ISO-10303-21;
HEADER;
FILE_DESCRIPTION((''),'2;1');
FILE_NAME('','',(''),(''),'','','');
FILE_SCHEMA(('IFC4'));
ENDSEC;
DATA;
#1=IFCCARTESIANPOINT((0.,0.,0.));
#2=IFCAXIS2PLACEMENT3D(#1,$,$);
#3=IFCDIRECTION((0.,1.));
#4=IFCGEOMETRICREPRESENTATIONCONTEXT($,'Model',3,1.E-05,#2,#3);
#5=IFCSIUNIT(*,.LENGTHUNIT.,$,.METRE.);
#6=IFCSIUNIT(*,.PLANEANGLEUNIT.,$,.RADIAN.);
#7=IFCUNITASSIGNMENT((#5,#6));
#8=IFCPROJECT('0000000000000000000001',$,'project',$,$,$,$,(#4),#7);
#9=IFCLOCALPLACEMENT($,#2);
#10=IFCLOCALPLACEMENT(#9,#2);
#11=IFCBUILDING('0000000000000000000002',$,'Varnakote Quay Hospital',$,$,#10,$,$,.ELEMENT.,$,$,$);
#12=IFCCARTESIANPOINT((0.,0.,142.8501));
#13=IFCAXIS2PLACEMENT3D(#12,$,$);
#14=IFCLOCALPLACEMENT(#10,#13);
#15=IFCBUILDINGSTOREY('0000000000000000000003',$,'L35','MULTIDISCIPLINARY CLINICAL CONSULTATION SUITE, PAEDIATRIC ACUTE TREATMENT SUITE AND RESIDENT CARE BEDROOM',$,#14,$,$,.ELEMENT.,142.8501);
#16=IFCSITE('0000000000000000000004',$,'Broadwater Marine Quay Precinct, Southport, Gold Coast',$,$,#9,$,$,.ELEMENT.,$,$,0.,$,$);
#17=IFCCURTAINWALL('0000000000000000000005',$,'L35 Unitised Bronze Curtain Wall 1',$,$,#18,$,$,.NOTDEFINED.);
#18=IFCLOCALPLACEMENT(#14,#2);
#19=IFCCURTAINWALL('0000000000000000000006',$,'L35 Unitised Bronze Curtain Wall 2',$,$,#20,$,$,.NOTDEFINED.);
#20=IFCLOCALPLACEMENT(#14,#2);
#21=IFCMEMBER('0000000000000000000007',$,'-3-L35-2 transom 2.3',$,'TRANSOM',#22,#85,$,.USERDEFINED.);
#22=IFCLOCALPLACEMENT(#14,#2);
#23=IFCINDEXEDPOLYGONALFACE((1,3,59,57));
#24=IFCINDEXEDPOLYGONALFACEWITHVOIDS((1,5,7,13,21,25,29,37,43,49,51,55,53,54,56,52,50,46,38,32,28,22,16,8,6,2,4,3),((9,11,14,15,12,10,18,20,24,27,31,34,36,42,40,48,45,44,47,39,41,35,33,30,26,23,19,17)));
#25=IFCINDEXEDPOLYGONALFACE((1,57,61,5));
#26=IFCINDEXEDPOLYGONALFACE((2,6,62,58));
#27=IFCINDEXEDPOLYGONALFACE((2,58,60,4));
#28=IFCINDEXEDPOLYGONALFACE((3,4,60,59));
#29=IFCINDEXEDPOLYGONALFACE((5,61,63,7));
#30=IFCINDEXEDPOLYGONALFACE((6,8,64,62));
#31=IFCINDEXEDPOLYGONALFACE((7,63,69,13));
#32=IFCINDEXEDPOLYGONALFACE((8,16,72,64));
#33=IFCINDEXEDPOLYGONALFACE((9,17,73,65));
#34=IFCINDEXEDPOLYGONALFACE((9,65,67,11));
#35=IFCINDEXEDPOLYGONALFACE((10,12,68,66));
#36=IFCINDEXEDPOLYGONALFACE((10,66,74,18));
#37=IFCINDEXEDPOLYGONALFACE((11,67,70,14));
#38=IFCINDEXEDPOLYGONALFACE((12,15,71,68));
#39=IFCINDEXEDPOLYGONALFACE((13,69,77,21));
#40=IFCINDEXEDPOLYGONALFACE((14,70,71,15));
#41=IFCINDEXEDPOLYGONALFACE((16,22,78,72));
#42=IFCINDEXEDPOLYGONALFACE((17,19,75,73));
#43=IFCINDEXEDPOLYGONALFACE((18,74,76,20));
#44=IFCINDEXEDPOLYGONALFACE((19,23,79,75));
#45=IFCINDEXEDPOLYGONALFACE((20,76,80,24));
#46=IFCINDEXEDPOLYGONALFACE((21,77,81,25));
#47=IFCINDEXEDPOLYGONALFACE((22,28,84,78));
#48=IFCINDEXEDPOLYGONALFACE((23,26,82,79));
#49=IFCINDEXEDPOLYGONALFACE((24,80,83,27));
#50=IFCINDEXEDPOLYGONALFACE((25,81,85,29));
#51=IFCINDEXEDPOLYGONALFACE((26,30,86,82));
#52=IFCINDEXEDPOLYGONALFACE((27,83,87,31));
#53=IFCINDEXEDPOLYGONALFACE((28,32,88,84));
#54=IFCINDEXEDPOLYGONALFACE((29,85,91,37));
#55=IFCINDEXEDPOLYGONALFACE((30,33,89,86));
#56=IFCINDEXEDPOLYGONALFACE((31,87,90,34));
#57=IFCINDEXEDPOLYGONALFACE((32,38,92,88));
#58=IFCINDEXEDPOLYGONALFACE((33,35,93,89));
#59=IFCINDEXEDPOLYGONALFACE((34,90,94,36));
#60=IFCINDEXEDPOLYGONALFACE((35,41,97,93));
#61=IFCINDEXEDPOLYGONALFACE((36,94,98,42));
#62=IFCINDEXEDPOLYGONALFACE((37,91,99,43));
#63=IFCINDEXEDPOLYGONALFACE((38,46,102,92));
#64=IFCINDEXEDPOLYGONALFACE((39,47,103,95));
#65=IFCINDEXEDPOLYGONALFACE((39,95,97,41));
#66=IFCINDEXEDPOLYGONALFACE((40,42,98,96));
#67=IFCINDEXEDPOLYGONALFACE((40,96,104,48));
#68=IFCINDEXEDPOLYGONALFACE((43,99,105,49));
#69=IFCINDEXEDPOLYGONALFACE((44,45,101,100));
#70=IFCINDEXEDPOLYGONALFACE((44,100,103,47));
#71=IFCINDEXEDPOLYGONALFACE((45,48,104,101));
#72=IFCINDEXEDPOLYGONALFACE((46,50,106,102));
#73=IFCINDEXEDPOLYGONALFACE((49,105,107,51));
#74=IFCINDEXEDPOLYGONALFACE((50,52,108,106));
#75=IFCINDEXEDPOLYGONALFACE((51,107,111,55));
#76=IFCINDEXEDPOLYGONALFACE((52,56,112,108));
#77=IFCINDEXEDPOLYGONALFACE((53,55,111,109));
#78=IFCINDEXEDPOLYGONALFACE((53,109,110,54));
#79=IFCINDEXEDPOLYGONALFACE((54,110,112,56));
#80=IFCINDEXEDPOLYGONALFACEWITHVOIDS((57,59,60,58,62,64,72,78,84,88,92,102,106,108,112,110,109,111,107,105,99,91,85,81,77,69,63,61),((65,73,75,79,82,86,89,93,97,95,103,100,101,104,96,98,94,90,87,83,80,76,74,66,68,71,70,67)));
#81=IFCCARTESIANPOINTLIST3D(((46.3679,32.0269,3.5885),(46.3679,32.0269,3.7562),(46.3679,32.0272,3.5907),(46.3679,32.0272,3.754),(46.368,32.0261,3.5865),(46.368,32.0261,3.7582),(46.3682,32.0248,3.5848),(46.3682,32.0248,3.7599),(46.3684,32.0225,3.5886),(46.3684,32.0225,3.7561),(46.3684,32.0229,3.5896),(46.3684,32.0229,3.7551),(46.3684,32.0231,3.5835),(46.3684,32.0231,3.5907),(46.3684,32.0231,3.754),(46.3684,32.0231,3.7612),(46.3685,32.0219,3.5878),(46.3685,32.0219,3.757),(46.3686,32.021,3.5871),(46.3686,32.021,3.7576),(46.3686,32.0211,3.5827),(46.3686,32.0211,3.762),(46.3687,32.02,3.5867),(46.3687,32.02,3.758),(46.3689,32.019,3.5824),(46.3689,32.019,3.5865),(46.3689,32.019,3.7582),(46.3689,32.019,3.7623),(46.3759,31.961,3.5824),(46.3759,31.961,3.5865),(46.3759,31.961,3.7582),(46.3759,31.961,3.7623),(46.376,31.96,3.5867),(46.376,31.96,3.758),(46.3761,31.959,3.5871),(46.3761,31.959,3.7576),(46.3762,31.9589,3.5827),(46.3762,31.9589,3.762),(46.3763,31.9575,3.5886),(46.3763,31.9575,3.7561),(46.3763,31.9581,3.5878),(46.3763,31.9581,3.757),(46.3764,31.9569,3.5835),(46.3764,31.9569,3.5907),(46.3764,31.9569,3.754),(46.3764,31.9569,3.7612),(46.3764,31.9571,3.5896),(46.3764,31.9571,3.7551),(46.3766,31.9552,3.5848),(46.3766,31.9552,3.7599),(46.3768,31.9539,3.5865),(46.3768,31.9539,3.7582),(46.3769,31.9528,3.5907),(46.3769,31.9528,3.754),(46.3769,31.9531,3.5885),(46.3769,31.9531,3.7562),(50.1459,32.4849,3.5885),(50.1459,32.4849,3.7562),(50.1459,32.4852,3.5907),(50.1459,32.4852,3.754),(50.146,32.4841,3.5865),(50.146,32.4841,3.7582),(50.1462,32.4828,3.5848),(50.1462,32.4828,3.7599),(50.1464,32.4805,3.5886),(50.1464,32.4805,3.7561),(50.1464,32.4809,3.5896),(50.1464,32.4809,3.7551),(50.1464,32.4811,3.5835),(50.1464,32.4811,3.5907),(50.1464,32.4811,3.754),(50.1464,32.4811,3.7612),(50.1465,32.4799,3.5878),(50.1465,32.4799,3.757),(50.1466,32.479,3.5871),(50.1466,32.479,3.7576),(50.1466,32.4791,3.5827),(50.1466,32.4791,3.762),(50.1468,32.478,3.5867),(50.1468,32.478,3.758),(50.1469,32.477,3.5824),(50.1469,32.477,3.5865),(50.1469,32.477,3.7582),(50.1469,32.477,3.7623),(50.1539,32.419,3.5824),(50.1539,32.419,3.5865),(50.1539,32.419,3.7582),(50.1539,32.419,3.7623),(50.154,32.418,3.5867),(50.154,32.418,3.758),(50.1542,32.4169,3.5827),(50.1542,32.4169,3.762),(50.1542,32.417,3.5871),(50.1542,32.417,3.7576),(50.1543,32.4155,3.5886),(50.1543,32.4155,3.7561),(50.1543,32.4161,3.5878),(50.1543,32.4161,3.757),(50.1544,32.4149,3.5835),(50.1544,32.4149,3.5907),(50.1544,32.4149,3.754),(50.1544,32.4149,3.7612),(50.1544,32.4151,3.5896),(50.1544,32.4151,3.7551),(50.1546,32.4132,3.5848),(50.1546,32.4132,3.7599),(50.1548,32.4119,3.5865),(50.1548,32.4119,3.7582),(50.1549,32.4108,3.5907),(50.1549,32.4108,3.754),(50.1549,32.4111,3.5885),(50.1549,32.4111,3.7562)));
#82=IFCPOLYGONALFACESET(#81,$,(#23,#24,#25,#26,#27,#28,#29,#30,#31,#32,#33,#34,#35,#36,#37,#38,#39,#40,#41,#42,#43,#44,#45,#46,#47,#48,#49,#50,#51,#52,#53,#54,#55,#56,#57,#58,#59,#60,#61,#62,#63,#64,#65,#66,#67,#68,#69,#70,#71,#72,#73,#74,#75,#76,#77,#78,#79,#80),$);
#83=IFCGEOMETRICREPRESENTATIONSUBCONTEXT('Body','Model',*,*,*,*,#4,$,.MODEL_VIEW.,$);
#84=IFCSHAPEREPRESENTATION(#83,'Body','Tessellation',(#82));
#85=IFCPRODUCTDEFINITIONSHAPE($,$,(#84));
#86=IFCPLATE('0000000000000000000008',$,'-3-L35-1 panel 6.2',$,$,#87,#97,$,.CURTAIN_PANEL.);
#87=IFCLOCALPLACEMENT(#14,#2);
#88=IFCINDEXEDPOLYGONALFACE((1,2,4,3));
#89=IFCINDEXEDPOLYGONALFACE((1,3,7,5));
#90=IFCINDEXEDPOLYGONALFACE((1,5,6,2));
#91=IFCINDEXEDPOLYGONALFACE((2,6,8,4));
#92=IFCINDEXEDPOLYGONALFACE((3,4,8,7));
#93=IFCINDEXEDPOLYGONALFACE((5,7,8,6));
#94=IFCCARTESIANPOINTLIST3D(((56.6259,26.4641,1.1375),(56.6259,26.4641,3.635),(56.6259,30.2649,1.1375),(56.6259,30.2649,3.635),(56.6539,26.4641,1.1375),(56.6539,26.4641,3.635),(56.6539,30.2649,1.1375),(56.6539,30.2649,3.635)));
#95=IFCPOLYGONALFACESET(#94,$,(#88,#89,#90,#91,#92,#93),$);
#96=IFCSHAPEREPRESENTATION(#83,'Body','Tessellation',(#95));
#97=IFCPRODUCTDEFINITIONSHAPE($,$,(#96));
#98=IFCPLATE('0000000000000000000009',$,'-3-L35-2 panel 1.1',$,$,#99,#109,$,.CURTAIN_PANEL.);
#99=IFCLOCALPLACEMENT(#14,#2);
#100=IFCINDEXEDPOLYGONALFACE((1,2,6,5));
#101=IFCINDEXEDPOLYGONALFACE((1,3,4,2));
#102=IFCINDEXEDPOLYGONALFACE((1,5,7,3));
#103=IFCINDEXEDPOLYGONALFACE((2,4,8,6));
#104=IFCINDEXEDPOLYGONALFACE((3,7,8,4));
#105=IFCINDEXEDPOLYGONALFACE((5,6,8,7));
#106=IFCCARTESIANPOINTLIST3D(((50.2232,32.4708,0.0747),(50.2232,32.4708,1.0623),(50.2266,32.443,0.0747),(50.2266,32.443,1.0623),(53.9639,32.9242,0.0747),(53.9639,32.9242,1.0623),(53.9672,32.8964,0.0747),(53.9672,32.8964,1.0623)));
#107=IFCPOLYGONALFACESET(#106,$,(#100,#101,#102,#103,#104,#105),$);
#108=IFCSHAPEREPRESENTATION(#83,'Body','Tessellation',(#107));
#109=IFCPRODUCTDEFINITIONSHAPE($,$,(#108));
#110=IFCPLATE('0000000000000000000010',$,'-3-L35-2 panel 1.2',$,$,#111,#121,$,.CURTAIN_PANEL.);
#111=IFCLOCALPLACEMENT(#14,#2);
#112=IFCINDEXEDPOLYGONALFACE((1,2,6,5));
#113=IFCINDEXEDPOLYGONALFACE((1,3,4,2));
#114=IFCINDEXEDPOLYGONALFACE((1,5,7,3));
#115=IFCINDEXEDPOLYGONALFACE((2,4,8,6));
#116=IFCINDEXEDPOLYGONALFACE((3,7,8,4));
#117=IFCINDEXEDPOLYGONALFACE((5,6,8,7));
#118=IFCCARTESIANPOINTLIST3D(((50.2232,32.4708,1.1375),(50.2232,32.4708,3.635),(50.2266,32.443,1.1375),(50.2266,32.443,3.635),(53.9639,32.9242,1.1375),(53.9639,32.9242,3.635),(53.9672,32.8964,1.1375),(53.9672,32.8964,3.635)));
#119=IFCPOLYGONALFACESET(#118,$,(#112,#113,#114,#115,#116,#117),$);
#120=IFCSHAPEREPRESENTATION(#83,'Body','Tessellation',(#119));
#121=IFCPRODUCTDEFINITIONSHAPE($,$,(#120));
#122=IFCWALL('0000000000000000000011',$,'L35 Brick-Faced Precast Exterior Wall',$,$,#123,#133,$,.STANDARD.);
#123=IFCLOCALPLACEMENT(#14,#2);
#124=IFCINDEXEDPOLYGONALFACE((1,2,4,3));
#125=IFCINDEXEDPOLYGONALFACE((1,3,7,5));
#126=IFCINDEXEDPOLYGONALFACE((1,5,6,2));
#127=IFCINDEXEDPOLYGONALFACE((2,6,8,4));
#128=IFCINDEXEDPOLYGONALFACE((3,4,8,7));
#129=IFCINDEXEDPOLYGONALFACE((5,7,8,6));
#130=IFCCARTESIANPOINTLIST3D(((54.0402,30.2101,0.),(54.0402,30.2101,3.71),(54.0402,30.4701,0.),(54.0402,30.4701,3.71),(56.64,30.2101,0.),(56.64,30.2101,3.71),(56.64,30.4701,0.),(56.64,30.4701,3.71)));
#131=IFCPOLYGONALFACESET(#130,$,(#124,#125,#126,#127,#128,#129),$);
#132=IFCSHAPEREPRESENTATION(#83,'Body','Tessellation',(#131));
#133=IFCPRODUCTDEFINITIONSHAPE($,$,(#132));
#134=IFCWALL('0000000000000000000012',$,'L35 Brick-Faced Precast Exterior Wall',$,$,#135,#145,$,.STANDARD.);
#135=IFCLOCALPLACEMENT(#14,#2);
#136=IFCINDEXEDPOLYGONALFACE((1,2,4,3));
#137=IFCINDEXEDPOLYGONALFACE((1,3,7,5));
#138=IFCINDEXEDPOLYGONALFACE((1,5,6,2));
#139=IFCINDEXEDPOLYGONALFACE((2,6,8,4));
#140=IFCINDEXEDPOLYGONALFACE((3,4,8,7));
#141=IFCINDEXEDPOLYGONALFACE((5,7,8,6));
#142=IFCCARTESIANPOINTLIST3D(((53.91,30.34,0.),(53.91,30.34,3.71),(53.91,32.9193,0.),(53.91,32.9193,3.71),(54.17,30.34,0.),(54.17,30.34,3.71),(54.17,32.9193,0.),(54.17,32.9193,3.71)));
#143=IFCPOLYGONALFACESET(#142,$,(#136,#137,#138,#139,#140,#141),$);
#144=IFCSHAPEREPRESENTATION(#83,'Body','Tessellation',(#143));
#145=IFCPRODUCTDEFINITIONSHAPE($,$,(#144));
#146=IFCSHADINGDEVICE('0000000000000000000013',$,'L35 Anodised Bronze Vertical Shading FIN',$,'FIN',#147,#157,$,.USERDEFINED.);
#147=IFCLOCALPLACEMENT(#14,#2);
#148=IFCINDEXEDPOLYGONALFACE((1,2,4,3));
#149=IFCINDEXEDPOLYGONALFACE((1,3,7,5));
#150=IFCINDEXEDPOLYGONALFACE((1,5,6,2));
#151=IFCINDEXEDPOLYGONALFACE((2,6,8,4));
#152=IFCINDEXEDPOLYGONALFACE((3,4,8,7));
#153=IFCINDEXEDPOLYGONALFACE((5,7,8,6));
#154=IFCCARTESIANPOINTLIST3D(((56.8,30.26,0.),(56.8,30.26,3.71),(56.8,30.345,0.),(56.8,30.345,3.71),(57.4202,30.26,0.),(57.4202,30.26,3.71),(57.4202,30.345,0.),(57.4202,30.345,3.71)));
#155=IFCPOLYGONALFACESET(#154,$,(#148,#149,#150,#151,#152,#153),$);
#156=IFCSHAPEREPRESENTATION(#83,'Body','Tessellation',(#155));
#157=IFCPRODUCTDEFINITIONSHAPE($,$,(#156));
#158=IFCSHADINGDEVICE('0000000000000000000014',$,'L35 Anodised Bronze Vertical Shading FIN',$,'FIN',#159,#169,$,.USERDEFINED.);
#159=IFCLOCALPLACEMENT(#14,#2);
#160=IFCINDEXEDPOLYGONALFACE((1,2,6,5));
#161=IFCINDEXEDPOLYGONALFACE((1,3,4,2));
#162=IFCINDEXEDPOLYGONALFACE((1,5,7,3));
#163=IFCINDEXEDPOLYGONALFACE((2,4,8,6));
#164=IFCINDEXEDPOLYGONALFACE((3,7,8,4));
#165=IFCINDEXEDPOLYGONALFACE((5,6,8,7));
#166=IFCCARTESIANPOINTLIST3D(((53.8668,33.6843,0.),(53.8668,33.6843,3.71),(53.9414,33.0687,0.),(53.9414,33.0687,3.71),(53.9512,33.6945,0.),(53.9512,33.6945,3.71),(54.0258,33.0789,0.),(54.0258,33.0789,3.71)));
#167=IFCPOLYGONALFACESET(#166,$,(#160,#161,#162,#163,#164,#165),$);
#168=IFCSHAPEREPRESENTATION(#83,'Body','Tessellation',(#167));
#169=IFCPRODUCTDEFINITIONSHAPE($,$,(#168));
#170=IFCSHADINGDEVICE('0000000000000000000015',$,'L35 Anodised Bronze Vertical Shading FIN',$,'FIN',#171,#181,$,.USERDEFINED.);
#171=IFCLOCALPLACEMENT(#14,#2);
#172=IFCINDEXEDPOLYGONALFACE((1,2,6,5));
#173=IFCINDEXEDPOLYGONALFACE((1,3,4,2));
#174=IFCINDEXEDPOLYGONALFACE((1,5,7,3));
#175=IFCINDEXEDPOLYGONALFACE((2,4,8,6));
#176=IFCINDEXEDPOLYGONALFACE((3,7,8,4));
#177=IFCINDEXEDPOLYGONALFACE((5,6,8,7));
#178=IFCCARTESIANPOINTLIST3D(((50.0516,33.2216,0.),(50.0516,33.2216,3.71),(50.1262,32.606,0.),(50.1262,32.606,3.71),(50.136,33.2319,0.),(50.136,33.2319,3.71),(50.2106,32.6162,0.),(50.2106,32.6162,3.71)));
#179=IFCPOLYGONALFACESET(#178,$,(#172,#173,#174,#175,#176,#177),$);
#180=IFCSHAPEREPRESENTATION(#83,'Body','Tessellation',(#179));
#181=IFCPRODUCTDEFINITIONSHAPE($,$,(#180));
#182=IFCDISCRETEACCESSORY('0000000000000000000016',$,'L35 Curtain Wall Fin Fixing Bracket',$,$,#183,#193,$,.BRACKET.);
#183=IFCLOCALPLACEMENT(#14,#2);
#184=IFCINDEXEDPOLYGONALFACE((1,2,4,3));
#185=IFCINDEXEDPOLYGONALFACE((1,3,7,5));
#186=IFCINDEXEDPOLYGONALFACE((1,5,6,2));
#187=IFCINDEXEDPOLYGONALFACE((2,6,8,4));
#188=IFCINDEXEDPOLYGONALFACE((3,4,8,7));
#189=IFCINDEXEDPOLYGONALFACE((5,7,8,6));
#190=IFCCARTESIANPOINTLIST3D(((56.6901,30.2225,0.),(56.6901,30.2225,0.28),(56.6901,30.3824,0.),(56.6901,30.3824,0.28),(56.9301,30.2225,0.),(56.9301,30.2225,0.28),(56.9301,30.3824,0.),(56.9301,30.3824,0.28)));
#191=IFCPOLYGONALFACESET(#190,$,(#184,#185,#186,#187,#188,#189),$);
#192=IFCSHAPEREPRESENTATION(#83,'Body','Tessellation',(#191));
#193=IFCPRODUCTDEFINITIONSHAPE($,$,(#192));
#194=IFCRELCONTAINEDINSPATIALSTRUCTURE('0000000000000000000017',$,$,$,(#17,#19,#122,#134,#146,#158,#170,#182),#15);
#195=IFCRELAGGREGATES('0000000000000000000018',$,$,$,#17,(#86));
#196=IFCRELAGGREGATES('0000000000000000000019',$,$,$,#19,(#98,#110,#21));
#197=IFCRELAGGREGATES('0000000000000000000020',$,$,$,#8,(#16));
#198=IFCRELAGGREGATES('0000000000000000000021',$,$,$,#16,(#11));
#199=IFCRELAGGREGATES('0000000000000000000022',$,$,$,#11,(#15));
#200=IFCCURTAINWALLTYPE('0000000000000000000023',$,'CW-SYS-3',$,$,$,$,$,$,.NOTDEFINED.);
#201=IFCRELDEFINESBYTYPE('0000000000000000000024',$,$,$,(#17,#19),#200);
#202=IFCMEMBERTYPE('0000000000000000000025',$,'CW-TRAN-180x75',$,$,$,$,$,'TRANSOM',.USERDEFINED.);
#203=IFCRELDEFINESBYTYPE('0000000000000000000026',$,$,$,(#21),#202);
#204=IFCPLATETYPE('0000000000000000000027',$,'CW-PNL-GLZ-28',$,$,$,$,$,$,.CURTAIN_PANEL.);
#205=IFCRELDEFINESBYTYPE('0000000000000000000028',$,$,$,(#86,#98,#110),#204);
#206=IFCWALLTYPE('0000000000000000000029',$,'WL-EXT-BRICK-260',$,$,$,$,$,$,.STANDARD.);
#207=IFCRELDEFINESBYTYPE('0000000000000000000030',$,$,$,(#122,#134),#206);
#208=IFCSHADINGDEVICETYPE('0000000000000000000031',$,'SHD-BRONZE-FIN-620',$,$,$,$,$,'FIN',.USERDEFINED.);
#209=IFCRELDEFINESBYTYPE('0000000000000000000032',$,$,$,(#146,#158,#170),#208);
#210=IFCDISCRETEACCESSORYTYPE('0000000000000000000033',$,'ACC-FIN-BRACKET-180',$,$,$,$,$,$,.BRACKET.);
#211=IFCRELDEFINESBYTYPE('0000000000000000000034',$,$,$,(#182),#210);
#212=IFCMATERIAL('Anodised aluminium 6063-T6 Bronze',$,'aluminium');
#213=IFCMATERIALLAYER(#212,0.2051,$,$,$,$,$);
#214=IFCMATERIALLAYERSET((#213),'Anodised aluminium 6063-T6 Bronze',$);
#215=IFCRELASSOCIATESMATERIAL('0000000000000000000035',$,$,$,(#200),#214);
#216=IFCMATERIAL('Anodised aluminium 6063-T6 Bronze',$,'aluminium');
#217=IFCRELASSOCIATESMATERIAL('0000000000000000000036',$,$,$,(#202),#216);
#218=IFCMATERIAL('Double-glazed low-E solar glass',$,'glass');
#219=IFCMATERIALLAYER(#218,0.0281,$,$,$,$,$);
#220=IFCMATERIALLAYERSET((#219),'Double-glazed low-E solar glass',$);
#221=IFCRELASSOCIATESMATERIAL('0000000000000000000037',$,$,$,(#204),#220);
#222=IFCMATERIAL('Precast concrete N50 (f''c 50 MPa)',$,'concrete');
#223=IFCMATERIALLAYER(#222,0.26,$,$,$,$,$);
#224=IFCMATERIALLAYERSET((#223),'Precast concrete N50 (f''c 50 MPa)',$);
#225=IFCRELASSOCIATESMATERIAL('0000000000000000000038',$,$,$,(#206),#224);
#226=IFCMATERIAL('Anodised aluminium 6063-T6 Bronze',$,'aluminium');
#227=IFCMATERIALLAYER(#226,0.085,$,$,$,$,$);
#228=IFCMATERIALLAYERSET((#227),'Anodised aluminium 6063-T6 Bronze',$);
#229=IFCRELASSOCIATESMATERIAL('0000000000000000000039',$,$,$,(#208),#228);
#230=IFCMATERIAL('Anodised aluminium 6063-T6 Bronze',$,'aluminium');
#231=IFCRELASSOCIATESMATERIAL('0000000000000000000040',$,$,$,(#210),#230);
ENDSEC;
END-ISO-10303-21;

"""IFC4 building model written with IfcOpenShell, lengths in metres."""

from ifc_helpers import new_model, si_unit, direction, frame, frame_2d, origin, origin_2d, place, context, subcontext, project, spatial, rectangle, hollow_rectangle, extrude, material, layer, layer_set, material_profile, profile_set, type_object, element, aggregate, save


model = new_model("IFC4")

# Units and contexts
model_context = context("Model", 3, precision=1e-05, world=origin(), true_north=direction((0.0, 1.0)))
body_context = subcontext(model_context, "Body", "Model", "MODEL_VIEW")
ifc_project = project(units=[si_unit("LENGTHUNIT", "METRE"), si_unit("PLANEANGLEUNIT", "RADIAN")], contexts=[model_context])

# Site, building, storey
site_placement = place(None, origin())
site = spatial("IfcSite", under=ifc_project, at=site_placement, Name="Broadwater Marine Quay Precinct, Southport, Gold Coast", CompositionType="ELEMENT", RefElevation=0.0)
building_placement = place(site_placement, origin())
building = spatial("IfcBuilding", under=site, at=building_placement, Name="Varnakote Quay Hospital", CompositionType="ELEMENT")
storey_placement = place(building_placement, frame((0.0, 0.0, 142.8501)))
storey = spatial("IfcBuildingStorey", under=building, at=storey_placement, Name="L35", Description="MULTIDISCIPLINARY CLINICAL CONSULTATION SUITE, PAEDIATRIC ACUTE TREATMENT SUITE AND RESIDENT CARE BEDROOM", CompositionType="ELEMENT", Elevation=142.8501)

# Curtain wall
ifc_material_1 = material(Name="Anodised aluminium 6063-T6 Bronze", Category="aluminium")
ifc_layer_1 = layer(ifc_material_1, 0.2051)
ifc_layer_set_1 = layer_set([ifc_layer_1], Name="Anodised aluminium 6063-T6 Bronze")
curtain_wall_type = type_object("IfcCurtainWallType", Name="CW-SYS-3", PredefinedType="NOTDEFINED", material=ifc_layer_set_1)
curtain_wall_1_placement = place(storey_placement, origin())
curtain_wall_1 = element("IfcCurtainWall", 1, at=curtain_wall_1_placement, inside=storey, type_object=curtain_wall_type, Name="L35 Unitised Bronze Curtain Wall 1", PredefinedType="NOTDEFINED")

# Curtain wall, member
curtain_wall_2_placement = place(storey_placement, origin())
curtain_wall_2 = element("IfcCurtainWall", 2, at=curtain_wall_2_placement, inside=storey, type_object=curtain_wall_type, Name="L35 Unitised Bronze Curtain Wall 2", PredefinedType="NOTDEFINED")
ifc_material_2 = material(Name="Anodised aluminium 6063-T6 Bronze", Category="aluminium")
ifc_material_profile_1 = material_profile(ifc_material_2, hollow_rectangle(XDim=0.075, YDim=0.1799, WallThickness=0.0042, InnerFilletRadius=0.0042, OuterFilletRadius=0.0083, at=origin_2d()), Name="CW-TRAN-180x75")
ifc_profile_set_1 = profile_set([ifc_material_profile_1], Name="Anodised aluminium 6063-T6 Bronze")
member_type_1 = type_object("IfcMemberType", Name="CW-TRAN-180x75", ElementType="TRANSOM", PredefinedType="USERDEFINED", material=ifc_profile_set_1)
member_1_placement = place(storey_placement, frame((50.1504, 32.448, 3.6724), z_axis=(-0.992732, -0.120347, 0.0), x_axis=(0.120347, -0.992732, 0.0)))
member_1 = element("IfcMember", 3, at=member_1_placement, type_object=member_type_1, Name="-3-L35-2 transom 2.3", ObjectType="TRANSOM", PredefinedType="USERDEFINED", context=body_context, shape_type="SweptSolid", body=[
    extrude(hollow_rectangle(XDim=0.075, YDim=0.1799, WallThickness=0.0042, InnerFilletRadius=0.0042, OuterFilletRadius=0.0083, at=origin_2d()), origin(), (0.0, 0.0, 1.0), 3.8057),
])

# Plates
ifc_material_3 = material(Name="Double-glazed low-E solar glass", Category="glass")
ifc_layer_2 = layer(ifc_material_3, 0.0281)
ifc_layer_set_2 = layer_set([ifc_layer_2], Name="Double-glazed low-E solar glass")
plate_type = type_object("IfcPlateType", Name="CW-PNL-GLZ-28", PredefinedType="CURTAIN_PANEL", material=ifc_layer_set_2)
plate_1_placement = place(storey_placement, frame((56.6399, 28.3645, 1.1375), z_axis=(0.0, 0.0, 1.0), x_axis=(0.0, 1.0, 0.0)))
plate_1 = element("IfcPlate", 4, at=plate_1_placement, type_object=plate_type, Name="-3-L35-1 panel 6.2", PredefinedType="CURTAIN_PANEL", context=body_context, shape_type="SweptSolid", body=[
    extrude(rectangle(XDim=3.8008, YDim=0.0281, at=origin_2d()), origin(), (0.0, 0.0, 1.0), 2.4976),
])
aggregate(curtain_wall_1, [plate_1])
plate_2_placement = place(storey_placement, frame((52.0952, 32.6836, 0.0747), z_axis=(0.0, 0.0, 1.0), x_axis=(-0.992734, -0.120327, 0.0)))
plate_2 = element("IfcPlate", 5, at=plate_2_placement, type_object=plate_type, Name="-3-L35-2 panel 1.1", PredefinedType="CURTAIN_PANEL", context=body_context, shape_type="SweptSolid", body=[
    extrude(rectangle(XDim=3.7681, YDim=0.0281, at=origin_2d()), origin(), (0.0, 0.0, 1.0), 0.9875),
])
plate_3_placement = place(storey_placement, frame((52.0952, 32.6836, 1.1375), z_axis=(0.0, 0.0, 1.0), x_axis=(-0.992734, -0.120327, 0.0)))
plate_3 = element("IfcPlate", 6, at=plate_3_placement, type_object=plate_type, Name="-3-L35-2 panel 1.2", PredefinedType="CURTAIN_PANEL", context=body_context, shape_type="SweptSolid", body=[
    extrude(rectangle(XDim=3.7681, YDim=0.0281, at=origin_2d()), origin(), (0.0, 0.0, 1.0), 2.4976),
])
aggregate(curtain_wall_2, [plate_2, plate_3, member_1])

# Walls
ifc_material_4 = material(Name="Precast concrete N50 (f'c 50 MPa)", Category="concrete")
ifc_layer_3 = layer(ifc_material_4, 0.26)
ifc_layer_set_3 = layer_set([ifc_layer_3], Name="Precast concrete N50 (f'c 50 MPa)")
wall_type = type_object("IfcWallType", Name="WL-EXT-BRICK-260", PredefinedType="STANDARD", material=ifc_layer_set_3)
wall_1_placement = place(storey_placement, frame((56.6399, 30.3401, 0.0), z_axis=(0.0, 0.0, 1.0), x_axis=(-1.0, 0.0, 0.0)))
element("IfcWall", 7, at=wall_1_placement, inside=storey, type_object=wall_type, Name="L35 Brick-Faced Precast Exterior Wall", PredefinedType="STANDARD", context=body_context, shape_type="SweptSolid", body=[
    extrude(rectangle(XDim=2.5999, YDim=0.26, at=frame_2d((1.2998, 0.0))), origin(), (0.0, 0.0, 1.0), 3.71),
])
wall_2_placement = place(storey_placement, frame((54.04, 30.3401, 0.0), z_axis=(0.0, 0.0, 1.0), x_axis=(0.0, 1.0, 0.0)))
element("IfcWall", 8, at=wall_2_placement, inside=storey, type_object=wall_type, Name="L35 Brick-Faced Precast Exterior Wall", PredefinedType="STANDARD", context=body_context, shape_type="SweptSolid", body=[
    extrude(rectangle(XDim=2.5793, YDim=0.26, at=frame_2d((1.2896, 0.0))), origin(), (0.0, 0.0, 1.0), 3.71),
])

# Shading devices
ifc_material_5 = material(Name="Anodised aluminium 6063-T6 Bronze", Category="aluminium")
ifc_layer_4 = layer(ifc_material_5, 0.085)
ifc_layer_set_4 = layer_set([ifc_layer_4], Name="Anodised aluminium 6063-T6 Bronze")
shading_device_type = type_object("IfcShadingDeviceType", Name="SHD-BRONZE-FIN-620", ElementType="FIN", PredefinedType="USERDEFINED", material=ifc_layer_set_4)
for number, where, z_axis, x_axis, name in (
    (9, (57.1101, 30.3025, 0.0), (0.0, 0.0, 1.0), (-1.0, 0.0, 0.0), "L35 Anodised Bronze Vertical Shading FIN"),
    (10, (53.9463, 33.3816, 0.0), (0.0, 0.0, 1.0), (0.12031, -0.992736, 0.0), "L35 Anodised Bronze Vertical Shading FIN"),
    (11, (50.1311, 32.9189, 0.0), (0.0, 0.0, 1.0), (0.12031, -0.992736, 0.0), "L35 Anodised Bronze Vertical Shading FIN"),
):
    element("IfcShadingDevice", number, at=place(storey_placement, frame(where, z_axis=z_axis, x_axis=x_axis)), inside=storey, type_object=shading_device_type, Name=name, ObjectType="FIN", PredefinedType="USERDEFINED", context=body_context, shape_type="SweptSolid", body=[
        extrude(rectangle(XDim=0.6201, YDim=0.085, at=origin_2d()), origin(), (0.0, 0.0, 1.0), 3.71),
    ])

# Discrete accessory
ifc_material_6 = material(Name="Anodised aluminium 6063-T6 Bronze", Category="aluminium")
discrete_accessory_type = type_object("IfcDiscreteAccessoryType", Name="ACC-FIN-BRACKET-180", PredefinedType="BRACKET", material=ifc_material_6)
for number, where, z_axis, x_axis, name in (
    (12, (56.8101, 30.3025, 0.0), (0.0, 0.0, 1.0), (0.0, 1.0, 0.0), "L35 Curtain Wall Fin Fixing Bracket"),
):
    element("IfcDiscreteAccessory", number, at=place(storey_placement, frame(where, z_axis=z_axis, x_axis=x_axis)), inside=storey, type_object=discrete_accessory_type, Name=name, PredefinedType="BRACKET", context=body_context, shape_type="SweptSolid", body=[
        extrude(rectangle(XDim=0.1599, YDim=0.24, at=origin_2d()), origin(), (0.0, 0.0, 1.0), 0.28),
    ])

save(model, "model.ifc")
